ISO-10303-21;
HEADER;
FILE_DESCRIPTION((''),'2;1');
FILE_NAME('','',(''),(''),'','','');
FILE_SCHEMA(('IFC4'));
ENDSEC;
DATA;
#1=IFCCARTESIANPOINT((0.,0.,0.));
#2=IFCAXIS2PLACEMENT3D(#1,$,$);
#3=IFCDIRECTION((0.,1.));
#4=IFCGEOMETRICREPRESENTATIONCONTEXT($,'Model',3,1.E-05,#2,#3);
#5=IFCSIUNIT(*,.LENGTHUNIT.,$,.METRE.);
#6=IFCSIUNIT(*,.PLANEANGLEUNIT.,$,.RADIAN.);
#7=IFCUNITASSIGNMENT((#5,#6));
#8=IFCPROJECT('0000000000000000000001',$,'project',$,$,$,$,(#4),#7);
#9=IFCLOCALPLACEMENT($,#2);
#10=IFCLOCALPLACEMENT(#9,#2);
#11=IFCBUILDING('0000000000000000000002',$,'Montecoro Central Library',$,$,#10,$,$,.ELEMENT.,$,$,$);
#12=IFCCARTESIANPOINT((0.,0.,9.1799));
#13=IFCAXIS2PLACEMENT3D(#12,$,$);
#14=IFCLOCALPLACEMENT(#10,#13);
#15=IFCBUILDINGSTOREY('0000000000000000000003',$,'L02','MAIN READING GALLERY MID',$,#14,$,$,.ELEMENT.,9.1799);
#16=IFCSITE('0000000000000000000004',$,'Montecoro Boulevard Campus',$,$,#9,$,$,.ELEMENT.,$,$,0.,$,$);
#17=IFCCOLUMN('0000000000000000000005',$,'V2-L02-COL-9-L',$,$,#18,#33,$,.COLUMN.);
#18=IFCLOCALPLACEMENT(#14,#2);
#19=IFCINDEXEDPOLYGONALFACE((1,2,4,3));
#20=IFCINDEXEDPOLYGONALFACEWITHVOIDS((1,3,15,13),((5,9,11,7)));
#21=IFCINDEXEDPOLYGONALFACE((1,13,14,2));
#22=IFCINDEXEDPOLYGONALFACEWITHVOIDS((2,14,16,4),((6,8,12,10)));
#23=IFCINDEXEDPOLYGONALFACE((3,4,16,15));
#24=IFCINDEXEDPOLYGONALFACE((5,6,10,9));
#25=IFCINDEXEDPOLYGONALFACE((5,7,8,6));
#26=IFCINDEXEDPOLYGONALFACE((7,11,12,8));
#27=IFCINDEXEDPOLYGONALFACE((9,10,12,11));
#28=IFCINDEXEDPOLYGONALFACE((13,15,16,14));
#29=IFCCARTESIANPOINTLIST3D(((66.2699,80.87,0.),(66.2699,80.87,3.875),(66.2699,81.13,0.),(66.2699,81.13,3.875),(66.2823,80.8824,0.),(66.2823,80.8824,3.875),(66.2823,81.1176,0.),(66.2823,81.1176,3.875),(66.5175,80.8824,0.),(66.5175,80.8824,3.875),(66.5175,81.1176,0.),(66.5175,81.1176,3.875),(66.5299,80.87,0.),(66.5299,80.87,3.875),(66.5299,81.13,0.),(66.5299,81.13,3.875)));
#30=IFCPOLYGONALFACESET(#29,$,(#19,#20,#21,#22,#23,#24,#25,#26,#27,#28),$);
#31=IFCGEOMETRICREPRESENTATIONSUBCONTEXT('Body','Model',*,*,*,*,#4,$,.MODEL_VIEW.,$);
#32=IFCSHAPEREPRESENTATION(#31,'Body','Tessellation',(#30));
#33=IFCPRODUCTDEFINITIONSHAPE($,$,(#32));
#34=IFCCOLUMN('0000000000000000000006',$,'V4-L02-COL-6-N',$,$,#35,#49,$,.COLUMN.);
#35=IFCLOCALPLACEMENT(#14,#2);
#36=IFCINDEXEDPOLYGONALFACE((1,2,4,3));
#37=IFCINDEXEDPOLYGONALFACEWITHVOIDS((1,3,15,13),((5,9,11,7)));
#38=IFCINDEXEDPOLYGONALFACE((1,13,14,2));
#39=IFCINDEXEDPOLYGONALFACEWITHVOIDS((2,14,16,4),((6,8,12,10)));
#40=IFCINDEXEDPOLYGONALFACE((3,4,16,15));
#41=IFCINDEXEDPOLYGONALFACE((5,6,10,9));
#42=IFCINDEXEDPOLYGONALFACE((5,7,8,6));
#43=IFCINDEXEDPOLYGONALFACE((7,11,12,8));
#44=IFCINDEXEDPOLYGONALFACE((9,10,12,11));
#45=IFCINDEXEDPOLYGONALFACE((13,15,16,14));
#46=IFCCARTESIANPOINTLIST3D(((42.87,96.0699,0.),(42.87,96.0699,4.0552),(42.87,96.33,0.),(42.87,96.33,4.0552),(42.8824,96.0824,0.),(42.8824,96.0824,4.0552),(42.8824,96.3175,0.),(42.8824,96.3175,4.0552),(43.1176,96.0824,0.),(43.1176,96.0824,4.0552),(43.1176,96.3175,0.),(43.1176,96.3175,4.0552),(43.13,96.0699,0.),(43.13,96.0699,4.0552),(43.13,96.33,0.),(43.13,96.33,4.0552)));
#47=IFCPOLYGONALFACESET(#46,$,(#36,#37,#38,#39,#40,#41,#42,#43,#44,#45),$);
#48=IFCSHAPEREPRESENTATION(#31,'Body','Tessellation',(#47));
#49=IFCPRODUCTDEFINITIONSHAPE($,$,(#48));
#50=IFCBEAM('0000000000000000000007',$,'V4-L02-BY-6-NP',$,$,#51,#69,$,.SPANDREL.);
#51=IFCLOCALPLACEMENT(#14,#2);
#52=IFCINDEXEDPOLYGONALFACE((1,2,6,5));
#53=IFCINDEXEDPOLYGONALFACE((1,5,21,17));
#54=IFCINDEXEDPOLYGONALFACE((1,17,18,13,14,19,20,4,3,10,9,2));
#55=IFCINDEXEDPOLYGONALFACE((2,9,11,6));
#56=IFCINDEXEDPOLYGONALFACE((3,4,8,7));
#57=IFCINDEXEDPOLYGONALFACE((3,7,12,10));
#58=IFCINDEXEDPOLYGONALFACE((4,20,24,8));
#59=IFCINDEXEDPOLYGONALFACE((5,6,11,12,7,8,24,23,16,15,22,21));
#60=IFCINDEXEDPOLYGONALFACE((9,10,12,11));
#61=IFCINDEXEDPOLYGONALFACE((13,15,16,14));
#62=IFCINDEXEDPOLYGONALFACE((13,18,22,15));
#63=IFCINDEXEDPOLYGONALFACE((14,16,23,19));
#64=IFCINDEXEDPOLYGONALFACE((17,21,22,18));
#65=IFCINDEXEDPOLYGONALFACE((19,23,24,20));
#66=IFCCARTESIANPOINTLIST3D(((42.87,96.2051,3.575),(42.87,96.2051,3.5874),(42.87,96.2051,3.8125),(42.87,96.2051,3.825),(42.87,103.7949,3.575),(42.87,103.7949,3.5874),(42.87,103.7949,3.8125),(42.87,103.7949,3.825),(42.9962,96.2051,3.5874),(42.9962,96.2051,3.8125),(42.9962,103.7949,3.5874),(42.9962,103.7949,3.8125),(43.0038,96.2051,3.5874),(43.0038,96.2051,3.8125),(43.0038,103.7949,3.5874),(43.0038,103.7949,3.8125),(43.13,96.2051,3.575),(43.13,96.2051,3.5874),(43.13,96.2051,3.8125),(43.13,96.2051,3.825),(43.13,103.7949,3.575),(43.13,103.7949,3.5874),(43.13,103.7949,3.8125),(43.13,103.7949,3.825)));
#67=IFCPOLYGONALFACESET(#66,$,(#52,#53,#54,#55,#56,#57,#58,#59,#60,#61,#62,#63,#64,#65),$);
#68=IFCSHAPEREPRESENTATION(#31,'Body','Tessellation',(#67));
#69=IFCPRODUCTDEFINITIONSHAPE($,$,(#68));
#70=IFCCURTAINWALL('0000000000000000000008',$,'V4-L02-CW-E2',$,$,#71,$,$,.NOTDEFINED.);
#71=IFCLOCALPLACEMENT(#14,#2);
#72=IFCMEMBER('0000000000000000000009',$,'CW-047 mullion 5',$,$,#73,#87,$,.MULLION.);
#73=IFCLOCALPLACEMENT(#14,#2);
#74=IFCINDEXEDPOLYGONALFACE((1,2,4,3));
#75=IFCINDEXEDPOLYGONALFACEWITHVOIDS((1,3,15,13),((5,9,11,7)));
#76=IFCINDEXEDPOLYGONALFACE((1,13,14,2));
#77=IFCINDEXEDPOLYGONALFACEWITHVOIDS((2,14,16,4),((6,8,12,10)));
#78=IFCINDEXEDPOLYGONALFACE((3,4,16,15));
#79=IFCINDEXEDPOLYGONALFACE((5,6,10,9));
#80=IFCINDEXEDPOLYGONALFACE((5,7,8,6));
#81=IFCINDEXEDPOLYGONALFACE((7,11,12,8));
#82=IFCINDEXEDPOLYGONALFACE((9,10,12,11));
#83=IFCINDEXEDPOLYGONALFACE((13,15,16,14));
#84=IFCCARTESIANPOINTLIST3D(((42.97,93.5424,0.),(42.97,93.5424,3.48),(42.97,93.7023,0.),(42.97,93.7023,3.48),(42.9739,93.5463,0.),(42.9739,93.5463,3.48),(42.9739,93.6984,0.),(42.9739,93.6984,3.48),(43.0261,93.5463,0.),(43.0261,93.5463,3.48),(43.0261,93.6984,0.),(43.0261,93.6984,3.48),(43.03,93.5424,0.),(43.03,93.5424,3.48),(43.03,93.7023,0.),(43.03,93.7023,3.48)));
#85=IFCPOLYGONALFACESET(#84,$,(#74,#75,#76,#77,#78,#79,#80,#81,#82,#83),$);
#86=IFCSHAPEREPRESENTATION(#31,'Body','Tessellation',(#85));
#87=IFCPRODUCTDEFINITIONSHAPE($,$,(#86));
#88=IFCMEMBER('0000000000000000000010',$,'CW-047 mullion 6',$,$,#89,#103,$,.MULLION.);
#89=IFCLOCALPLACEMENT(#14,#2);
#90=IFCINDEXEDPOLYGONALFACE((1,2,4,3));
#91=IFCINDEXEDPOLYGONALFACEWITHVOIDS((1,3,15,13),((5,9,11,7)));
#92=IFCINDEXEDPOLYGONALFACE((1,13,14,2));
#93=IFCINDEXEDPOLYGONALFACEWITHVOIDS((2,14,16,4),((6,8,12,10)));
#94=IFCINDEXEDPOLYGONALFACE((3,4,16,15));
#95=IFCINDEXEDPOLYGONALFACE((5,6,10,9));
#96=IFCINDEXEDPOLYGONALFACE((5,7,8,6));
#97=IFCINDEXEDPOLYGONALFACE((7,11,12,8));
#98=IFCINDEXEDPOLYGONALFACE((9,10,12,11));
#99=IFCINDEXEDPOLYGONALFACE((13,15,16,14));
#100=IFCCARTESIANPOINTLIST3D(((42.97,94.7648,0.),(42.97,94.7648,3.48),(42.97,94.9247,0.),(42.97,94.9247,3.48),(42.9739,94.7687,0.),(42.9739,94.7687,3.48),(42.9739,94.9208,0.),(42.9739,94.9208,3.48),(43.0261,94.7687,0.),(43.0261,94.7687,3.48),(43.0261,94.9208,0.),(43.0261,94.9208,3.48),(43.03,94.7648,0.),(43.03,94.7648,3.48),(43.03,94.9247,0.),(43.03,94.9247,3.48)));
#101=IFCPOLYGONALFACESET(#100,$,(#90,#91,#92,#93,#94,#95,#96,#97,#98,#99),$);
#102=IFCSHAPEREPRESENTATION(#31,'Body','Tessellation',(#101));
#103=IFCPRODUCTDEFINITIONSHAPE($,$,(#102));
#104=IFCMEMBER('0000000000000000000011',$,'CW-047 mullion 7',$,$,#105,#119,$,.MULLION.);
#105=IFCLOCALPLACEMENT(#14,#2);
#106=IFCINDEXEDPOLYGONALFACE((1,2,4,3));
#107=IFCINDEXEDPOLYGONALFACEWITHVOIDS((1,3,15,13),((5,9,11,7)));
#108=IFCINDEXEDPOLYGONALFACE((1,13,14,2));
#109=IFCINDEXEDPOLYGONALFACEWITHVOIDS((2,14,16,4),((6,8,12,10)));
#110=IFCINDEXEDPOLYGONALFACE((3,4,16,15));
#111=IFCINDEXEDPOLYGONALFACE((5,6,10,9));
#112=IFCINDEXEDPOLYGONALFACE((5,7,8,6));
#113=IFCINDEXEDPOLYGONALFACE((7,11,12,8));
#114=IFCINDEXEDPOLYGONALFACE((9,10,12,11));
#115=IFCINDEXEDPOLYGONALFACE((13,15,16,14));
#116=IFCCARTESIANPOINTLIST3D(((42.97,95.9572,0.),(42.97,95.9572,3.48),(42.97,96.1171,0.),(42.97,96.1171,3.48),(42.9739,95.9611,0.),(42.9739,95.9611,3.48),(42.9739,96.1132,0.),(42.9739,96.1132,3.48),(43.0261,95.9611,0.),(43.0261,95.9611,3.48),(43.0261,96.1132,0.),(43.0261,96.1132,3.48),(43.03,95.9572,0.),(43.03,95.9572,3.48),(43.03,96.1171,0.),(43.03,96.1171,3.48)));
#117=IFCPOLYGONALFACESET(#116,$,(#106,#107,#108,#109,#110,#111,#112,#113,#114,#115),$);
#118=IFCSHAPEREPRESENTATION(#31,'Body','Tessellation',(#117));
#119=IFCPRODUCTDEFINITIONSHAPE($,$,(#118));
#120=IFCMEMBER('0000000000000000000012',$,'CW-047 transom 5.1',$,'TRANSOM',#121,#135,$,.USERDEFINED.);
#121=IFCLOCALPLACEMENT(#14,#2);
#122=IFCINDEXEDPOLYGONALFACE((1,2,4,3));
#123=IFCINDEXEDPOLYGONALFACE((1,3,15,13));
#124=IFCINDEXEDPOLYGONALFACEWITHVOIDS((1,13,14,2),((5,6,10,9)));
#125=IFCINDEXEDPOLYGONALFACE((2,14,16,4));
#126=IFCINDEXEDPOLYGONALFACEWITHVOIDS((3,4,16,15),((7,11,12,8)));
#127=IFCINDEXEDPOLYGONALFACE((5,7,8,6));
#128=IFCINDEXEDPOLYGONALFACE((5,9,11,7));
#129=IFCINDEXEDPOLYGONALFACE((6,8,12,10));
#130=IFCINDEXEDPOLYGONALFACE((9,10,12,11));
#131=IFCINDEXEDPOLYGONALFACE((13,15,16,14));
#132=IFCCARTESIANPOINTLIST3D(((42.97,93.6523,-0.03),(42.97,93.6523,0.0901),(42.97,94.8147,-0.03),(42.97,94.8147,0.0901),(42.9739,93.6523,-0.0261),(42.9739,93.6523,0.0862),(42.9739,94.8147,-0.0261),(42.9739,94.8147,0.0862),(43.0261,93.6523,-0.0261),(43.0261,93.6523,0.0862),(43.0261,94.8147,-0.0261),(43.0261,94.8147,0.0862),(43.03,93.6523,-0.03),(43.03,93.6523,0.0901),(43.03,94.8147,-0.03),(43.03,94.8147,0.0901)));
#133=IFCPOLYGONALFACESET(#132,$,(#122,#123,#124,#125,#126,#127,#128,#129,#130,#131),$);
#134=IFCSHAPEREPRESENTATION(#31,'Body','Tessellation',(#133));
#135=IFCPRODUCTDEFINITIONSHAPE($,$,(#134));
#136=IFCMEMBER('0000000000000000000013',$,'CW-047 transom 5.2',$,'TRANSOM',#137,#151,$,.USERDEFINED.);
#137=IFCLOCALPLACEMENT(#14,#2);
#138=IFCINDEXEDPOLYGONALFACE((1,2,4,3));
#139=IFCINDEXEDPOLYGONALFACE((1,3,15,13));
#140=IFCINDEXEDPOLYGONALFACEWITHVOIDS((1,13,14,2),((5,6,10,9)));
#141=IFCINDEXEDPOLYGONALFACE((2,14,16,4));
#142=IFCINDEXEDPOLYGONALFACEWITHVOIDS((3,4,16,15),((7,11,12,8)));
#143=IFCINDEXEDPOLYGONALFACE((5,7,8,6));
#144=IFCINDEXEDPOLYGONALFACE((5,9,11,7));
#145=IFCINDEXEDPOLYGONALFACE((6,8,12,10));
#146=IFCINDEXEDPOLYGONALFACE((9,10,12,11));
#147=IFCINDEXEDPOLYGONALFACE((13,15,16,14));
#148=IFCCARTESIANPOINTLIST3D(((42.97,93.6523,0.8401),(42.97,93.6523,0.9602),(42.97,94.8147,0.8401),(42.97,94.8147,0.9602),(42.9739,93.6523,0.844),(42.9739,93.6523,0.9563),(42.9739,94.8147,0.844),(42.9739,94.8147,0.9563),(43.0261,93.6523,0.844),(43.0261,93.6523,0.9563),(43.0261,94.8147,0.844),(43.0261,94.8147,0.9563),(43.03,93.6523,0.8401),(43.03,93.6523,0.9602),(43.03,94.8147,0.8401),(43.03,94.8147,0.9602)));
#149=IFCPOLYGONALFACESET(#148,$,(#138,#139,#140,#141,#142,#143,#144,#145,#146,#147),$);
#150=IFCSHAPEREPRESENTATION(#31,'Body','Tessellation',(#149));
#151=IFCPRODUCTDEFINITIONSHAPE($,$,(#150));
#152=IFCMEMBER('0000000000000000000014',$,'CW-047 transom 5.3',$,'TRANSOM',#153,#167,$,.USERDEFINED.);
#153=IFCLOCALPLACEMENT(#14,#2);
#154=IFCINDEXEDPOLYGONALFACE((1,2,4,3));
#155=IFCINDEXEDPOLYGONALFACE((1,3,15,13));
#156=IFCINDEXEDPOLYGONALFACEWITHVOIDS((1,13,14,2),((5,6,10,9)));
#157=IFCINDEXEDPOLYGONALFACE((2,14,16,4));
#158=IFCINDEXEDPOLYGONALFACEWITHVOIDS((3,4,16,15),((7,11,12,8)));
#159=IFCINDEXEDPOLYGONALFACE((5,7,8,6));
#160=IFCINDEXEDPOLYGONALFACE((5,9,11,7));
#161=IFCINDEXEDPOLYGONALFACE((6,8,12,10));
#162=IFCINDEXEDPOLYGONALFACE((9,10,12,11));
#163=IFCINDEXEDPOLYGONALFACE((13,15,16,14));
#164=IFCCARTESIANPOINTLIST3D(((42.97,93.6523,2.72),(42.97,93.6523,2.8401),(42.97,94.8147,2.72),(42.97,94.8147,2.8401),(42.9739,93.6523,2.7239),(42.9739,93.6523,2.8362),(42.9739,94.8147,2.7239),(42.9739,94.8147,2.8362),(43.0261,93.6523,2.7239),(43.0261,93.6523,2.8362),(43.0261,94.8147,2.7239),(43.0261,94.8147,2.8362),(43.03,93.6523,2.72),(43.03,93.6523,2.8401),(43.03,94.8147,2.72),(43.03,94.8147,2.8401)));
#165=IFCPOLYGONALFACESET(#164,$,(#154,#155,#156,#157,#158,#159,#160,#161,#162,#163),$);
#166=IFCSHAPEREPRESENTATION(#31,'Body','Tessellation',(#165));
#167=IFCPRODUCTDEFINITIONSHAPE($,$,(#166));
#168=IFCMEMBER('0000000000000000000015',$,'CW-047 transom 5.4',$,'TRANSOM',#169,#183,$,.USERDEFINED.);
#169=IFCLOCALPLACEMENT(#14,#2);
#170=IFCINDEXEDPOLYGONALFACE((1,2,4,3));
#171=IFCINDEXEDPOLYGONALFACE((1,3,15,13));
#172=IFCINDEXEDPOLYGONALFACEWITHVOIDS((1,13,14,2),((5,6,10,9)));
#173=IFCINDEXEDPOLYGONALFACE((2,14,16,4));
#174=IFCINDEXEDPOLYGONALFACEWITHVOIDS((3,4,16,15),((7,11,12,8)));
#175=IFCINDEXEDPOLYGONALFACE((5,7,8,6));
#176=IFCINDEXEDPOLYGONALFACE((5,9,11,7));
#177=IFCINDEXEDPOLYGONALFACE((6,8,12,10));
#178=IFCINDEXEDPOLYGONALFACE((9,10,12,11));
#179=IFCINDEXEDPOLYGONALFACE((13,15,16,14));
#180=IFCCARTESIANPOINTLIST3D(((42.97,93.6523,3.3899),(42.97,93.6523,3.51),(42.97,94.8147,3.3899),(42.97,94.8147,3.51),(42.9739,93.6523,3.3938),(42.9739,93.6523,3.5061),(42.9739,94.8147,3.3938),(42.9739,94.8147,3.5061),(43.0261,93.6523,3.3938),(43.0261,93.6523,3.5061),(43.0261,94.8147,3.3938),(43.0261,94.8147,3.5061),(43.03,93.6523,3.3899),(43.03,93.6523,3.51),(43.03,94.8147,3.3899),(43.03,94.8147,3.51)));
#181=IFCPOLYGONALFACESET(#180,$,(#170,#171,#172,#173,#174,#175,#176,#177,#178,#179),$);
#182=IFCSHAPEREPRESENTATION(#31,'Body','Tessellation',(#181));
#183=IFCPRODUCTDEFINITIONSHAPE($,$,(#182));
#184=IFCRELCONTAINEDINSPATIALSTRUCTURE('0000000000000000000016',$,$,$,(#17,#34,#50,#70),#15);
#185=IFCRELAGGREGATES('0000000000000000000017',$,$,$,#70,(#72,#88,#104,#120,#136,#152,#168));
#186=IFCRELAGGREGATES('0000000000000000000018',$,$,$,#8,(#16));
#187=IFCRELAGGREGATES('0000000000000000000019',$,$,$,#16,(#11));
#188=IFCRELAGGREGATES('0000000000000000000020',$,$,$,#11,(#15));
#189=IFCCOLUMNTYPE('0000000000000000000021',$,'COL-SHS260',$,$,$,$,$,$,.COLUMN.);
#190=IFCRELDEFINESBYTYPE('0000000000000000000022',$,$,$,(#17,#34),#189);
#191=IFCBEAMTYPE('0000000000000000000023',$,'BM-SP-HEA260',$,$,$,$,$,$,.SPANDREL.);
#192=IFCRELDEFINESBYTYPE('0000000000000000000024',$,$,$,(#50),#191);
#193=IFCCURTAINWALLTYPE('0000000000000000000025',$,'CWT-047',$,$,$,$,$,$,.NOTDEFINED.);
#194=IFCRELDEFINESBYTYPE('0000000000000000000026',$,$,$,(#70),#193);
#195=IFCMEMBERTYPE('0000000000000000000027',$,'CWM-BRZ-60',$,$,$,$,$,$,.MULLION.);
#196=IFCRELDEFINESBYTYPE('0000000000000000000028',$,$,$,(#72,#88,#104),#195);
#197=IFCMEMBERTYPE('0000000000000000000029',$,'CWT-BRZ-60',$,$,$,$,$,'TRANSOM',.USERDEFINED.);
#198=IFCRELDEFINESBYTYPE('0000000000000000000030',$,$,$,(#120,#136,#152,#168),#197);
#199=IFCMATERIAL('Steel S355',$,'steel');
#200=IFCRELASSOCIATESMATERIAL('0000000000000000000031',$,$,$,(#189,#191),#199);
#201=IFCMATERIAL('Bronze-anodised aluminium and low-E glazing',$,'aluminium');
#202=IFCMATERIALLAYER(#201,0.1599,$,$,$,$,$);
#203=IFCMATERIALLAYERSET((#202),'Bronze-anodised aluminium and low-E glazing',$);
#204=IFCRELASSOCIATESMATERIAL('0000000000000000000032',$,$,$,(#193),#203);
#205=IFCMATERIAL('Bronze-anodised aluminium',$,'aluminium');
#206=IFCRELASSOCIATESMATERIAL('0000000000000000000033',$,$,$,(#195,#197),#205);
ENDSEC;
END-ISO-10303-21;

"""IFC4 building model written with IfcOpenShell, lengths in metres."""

from ifc_helpers import new_model, si_unit, direction, frame, origin, origin_2d, place, context, subcontext, project, spatial, hollow_rectangle, i_section, extrude, material, layer, layer_set, material_profile, profile_set, type_object, element, aggregate, save


model = new_model("IFC4")

# Units and contexts
model_context = context("Model", 3, precision=1e-05, world=origin(), true_north=direction((0.0, 1.0)))
body_context = subcontext(model_context, "Body", "Model", "MODEL_VIEW")
ifc_project = project(units=[si_unit("LENGTHUNIT", "METRE"), si_unit("PLANEANGLEUNIT", "RADIAN")], contexts=[model_context])

# Site, building, storey
site_placement = place(None, origin())
site = spatial("IfcSite", under=ifc_project, at=site_placement, Name="Montecoro Boulevard Campus", CompositionType="ELEMENT", RefElevation=0.0)
building_placement = place(site_placement, origin())
building = spatial("IfcBuilding", under=site, at=building_placement, Name="Montecoro Central Library", CompositionType="ELEMENT")
storey_placement = place(building_placement, frame((0.0, 0.0, 9.1799)))
storey = spatial("IfcBuildingStorey", under=building, at=storey_placement, Name="L02", Description="MAIN READING GALLERY MID", CompositionType="ELEMENT", Elevation=9.1799)

# Columns
ifc_material_1 = material(Name="Steel S355", Category="steel")
ifc_material_profile_1 = material_profile(ifc_material_1, hollow_rectangle(XDim=0.26, YDim=0.26, WallThickness=0.0125, at=origin_2d()), Name="SHS 260x260x12.5")
ifc_profile_set_1 = profile_set([ifc_material_profile_1], Name="Steel S355")
column_type = type_object("IfcColumnType", Name="COL-SHS260", PredefinedType="COLUMN", material=ifc_profile_set_1)
column_1_placement = place(storey_placement, frame((66.3999, 81.0, 0.0), z_axis=(0.0, 0.0, 1.0), x_axis=(1.0, 0.0, 0.0)))
element("IfcColumn", 1, at=column_1_placement, inside=storey, type_object=column_type, Name="V2-L02-COL-9-L", PredefinedType="COLUMN", context=body_context, shape_type="SweptSolid", body=[
    extrude(hollow_rectangle(XDim=0.26, YDim=0.26, WallThickness=0.0125, at=origin_2d()), origin(), (0.0, 0.0, 1.0), 3.875),
])
column_2_placement = place(storey_placement, frame((43.0, 96.2, 0.0), z_axis=(0.0, 0.0, 1.0), x_axis=(1.0, 0.0, 0.0)))
element("IfcColumn", 2, at=column_2_placement, inside=storey, type_object=column_type, Name="V4-L02-COL-6-N", PredefinedType="COLUMN", context=body_context, shape_type="SweptSolid", body=[
    extrude(hollow_rectangle(XDim=0.26, YDim=0.26, WallThickness=0.0125, at=origin_2d()), origin(), (0.0, 0.0, 1.0), 4.0552),
])

# Beam
ifc_material_profile_2 = material_profile(ifc_material_1, i_section(OverallWidth=0.26, OverallDepth=0.25, WebThickness=0.0076, FlangeThickness=0.0125, at=origin_2d()), Name="HEA 260")
ifc_profile_set_2 = profile_set([ifc_material_profile_2], Name="Steel S355")
beam_type = type_object("IfcBeamType", Name="BM-SP-HEA260", PredefinedType="SPANDREL", material=ifc_profile_set_2)
beam_placement = place(storey_placement, frame((43.0, 96.2051, 3.7), z_axis=(0.0, 1.0, 0.0), x_axis=(-1.0, 0.0, 0.0)))
element("IfcBeam", 3, at=beam_placement, inside=storey, type_object=beam_type, Name="V4-L02-BY-6-NP", PredefinedType="SPANDREL", context=body_context, shape_type="SweptSolid", body=[
    extrude(i_section(OverallWidth=0.26, OverallDepth=0.25, WebThickness=0.0076, FlangeThickness=0.0125, at=origin_2d()), origin(), (0.0, 0.0, 1.0), 7.5898),
])

# Curtain wall, members
ifc_material_2 = material(Name="Bronze-anodised aluminium and low-E glazing", Category="aluminium")
ifc_layer_1 = layer(ifc_material_2, 0.1599)
ifc_layer_set_1 = layer_set([ifc_layer_1], Name="Bronze-anodised aluminium and low-E glazing")
curtain_wall_type = type_object("IfcCurtainWallType", Name="CWT-047", PredefinedType="NOTDEFINED", material=ifc_layer_set_1)
curtain_wall_placement = place(storey_placement, origin())
curtain_wall = element("IfcCurtainWall", 4, at=curtain_wall_placement, inside=storey, type_object=curtain_wall_type, Name="V4-L02-CW-E2", PredefinedType="NOTDEFINED")
ifc_material_3 = material(Name="Bronze-anodised aluminium", Category="aluminium")
ifc_material_profile_3 = material_profile(ifc_material_3, hollow_rectangle(XDim=0.0601, YDim=0.1599, WallThickness=0.0039, at=origin_2d()), Name="CWM 160x60x4.0")
ifc_profile_set_3 = profile_set([ifc_material_profile_3], Name="Bronze-anodised aluminium")
member_type_1 = type_object("IfcMemberType", Name="CWM-BRZ-60", PredefinedType="MULLION", material=ifc_profile_set_3)
member_1_placement = place(storey_placement, frame((43.0, 93.6223, 0.0), z_axis=(0.0, 0.0, 1.0), x_axis=(-1.0, 0.0, 0.0)))
member_1 = element("IfcMember", 5, at=member_1_placement, type_object=member_type_1, Name="CW-047 mullion 5", PredefinedType="MULLION", context=body_context, shape_type="SweptSolid", body=[
    extrude(hollow_rectangle(XDim=0.0601, YDim=0.1599, WallThickness=0.0039, at=origin_2d()), origin(), (0.0, 0.0, 1.0), 3.48),
])
member_2_placement = place(storey_placement, frame((43.0, 94.8447, 0.0), z_axis=(0.0, 0.0, 1.0), x_axis=(-1.0, 0.0, 0.0)))
member_2 = element("IfcMember", 6, at=member_2_placement, type_object=member_type_1, Name="CW-047 mullion 6", PredefinedType="MULLION", context=body_context, shape_type="SweptSolid", body=[
    extrude(hollow_rectangle(XDim=0.0601, YDim=0.1599, WallThickness=0.0039, at=origin_2d()), origin(), (0.0, 0.0, 1.0), 3.48),
])
member_3_placement = place(storey_placement, frame((43.0, 96.0371, 0.0), z_axis=(0.0, 0.0, 1.0), x_axis=(-1.0, 0.0, 0.0)))
member_3 = element("IfcMember", 7, at=member_3_placement, type_object=member_type_1, Name="CW-047 mullion 7", PredefinedType="MULLION", context=body_context, shape_type="SweptSolid", body=[
    extrude(hollow_rectangle(XDim=0.0601, YDim=0.1599, WallThickness=0.0039, at=origin_2d()), origin(), (0.0, 0.0, 1.0), 3.48),
])
ifc_material_profile_4 = material_profile(ifc_material_3, hollow_rectangle(XDim=0.0601, YDim=0.1201, WallThickness=0.0039, at=origin_2d()), Name="CWT 120x60x4.0")
ifc_profile_set_4 = profile_set([ifc_material_profile_4], Name="Bronze-anodised aluminium")
member_type_2 = type_object("IfcMemberType", Name="CWT-BRZ-60", ElementType="TRANSOM", PredefinedType="USERDEFINED", material=ifc_profile_set_4)
member_4_placement = place(storey_placement, frame((43.0, 93.6523, 0.03), z_axis=(0.0, 1.0, 0.0), x_axis=(-1.0, 0.0, 0.0)))
member_4 = element("IfcMember", 8, at=member_4_placement, type_object=member_type_2, Name="CW-047 transom 5.1", ObjectType="TRANSOM", PredefinedType="USERDEFINED", context=body_context, shape_type="SweptSolid", body=[
    extrude(hollow_rectangle(XDim=0.0601, YDim=0.1201, WallThickness=0.0039, at=origin_2d()), origin(), (0.0, 0.0, 1.0), 1.1624),
])
member_5_placement = place(storey_placement, frame((43.0, 93.6523, 0.9001), z_axis=(0.0, 1.0, 0.0), x_axis=(-1.0, 0.0, 0.0)))
member_5 = element("IfcMember", 9, at=member_5_placement, type_object=member_type_2, Name="CW-047 transom 5.2", ObjectType="TRANSOM", PredefinedType="USERDEFINED", context=body_context, shape_type="SweptSolid", body=[
    extrude(hollow_rectangle(XDim=0.0601, YDim=0.1201, WallThickness=0.0039, at=origin_2d()), origin(), (0.0, 0.0, 1.0), 1.1624),
])
member_6_placement = place(storey_placement, frame((43.0, 93.6523, 2.78), z_axis=(0.0, 1.0, 0.0), x_axis=(-1.0, 0.0, 0.0)))
member_6 = element("IfcMember", 10, at=member_6_placement, type_object=member_type_2, Name="CW-047 transom 5.3", ObjectType="TRANSOM", PredefinedType="USERDEFINED", context=body_context, shape_type="SweptSolid", body=[
    extrude(hollow_rectangle(XDim=0.0601, YDim=0.1201, WallThickness=0.0039, at=origin_2d()), origin(), (0.0, 0.0, 1.0), 1.1624),
])
member_7_placement = place(storey_placement, frame((43.0, 93.6523, 3.45), z_axis=(0.0, 1.0, 0.0), x_axis=(-1.0, 0.0, 0.0)))
member_7 = element("IfcMember", 11, at=member_7_placement, type_object=member_type_2, Name="CW-047 transom 5.4", ObjectType="TRANSOM", PredefinedType="USERDEFINED", context=body_context, shape_type="SweptSolid", body=[
    extrude(hollow_rectangle(XDim=0.0601, YDim=0.1201, WallThickness=0.0039, at=origin_2d()), origin(), (0.0, 0.0, 1.0), 1.1624),
])
aggregate(curtain_wall, [member_1, member_2, member_3, member_4, member_5, member_6, member_7])

save(model, "model.ifc")
